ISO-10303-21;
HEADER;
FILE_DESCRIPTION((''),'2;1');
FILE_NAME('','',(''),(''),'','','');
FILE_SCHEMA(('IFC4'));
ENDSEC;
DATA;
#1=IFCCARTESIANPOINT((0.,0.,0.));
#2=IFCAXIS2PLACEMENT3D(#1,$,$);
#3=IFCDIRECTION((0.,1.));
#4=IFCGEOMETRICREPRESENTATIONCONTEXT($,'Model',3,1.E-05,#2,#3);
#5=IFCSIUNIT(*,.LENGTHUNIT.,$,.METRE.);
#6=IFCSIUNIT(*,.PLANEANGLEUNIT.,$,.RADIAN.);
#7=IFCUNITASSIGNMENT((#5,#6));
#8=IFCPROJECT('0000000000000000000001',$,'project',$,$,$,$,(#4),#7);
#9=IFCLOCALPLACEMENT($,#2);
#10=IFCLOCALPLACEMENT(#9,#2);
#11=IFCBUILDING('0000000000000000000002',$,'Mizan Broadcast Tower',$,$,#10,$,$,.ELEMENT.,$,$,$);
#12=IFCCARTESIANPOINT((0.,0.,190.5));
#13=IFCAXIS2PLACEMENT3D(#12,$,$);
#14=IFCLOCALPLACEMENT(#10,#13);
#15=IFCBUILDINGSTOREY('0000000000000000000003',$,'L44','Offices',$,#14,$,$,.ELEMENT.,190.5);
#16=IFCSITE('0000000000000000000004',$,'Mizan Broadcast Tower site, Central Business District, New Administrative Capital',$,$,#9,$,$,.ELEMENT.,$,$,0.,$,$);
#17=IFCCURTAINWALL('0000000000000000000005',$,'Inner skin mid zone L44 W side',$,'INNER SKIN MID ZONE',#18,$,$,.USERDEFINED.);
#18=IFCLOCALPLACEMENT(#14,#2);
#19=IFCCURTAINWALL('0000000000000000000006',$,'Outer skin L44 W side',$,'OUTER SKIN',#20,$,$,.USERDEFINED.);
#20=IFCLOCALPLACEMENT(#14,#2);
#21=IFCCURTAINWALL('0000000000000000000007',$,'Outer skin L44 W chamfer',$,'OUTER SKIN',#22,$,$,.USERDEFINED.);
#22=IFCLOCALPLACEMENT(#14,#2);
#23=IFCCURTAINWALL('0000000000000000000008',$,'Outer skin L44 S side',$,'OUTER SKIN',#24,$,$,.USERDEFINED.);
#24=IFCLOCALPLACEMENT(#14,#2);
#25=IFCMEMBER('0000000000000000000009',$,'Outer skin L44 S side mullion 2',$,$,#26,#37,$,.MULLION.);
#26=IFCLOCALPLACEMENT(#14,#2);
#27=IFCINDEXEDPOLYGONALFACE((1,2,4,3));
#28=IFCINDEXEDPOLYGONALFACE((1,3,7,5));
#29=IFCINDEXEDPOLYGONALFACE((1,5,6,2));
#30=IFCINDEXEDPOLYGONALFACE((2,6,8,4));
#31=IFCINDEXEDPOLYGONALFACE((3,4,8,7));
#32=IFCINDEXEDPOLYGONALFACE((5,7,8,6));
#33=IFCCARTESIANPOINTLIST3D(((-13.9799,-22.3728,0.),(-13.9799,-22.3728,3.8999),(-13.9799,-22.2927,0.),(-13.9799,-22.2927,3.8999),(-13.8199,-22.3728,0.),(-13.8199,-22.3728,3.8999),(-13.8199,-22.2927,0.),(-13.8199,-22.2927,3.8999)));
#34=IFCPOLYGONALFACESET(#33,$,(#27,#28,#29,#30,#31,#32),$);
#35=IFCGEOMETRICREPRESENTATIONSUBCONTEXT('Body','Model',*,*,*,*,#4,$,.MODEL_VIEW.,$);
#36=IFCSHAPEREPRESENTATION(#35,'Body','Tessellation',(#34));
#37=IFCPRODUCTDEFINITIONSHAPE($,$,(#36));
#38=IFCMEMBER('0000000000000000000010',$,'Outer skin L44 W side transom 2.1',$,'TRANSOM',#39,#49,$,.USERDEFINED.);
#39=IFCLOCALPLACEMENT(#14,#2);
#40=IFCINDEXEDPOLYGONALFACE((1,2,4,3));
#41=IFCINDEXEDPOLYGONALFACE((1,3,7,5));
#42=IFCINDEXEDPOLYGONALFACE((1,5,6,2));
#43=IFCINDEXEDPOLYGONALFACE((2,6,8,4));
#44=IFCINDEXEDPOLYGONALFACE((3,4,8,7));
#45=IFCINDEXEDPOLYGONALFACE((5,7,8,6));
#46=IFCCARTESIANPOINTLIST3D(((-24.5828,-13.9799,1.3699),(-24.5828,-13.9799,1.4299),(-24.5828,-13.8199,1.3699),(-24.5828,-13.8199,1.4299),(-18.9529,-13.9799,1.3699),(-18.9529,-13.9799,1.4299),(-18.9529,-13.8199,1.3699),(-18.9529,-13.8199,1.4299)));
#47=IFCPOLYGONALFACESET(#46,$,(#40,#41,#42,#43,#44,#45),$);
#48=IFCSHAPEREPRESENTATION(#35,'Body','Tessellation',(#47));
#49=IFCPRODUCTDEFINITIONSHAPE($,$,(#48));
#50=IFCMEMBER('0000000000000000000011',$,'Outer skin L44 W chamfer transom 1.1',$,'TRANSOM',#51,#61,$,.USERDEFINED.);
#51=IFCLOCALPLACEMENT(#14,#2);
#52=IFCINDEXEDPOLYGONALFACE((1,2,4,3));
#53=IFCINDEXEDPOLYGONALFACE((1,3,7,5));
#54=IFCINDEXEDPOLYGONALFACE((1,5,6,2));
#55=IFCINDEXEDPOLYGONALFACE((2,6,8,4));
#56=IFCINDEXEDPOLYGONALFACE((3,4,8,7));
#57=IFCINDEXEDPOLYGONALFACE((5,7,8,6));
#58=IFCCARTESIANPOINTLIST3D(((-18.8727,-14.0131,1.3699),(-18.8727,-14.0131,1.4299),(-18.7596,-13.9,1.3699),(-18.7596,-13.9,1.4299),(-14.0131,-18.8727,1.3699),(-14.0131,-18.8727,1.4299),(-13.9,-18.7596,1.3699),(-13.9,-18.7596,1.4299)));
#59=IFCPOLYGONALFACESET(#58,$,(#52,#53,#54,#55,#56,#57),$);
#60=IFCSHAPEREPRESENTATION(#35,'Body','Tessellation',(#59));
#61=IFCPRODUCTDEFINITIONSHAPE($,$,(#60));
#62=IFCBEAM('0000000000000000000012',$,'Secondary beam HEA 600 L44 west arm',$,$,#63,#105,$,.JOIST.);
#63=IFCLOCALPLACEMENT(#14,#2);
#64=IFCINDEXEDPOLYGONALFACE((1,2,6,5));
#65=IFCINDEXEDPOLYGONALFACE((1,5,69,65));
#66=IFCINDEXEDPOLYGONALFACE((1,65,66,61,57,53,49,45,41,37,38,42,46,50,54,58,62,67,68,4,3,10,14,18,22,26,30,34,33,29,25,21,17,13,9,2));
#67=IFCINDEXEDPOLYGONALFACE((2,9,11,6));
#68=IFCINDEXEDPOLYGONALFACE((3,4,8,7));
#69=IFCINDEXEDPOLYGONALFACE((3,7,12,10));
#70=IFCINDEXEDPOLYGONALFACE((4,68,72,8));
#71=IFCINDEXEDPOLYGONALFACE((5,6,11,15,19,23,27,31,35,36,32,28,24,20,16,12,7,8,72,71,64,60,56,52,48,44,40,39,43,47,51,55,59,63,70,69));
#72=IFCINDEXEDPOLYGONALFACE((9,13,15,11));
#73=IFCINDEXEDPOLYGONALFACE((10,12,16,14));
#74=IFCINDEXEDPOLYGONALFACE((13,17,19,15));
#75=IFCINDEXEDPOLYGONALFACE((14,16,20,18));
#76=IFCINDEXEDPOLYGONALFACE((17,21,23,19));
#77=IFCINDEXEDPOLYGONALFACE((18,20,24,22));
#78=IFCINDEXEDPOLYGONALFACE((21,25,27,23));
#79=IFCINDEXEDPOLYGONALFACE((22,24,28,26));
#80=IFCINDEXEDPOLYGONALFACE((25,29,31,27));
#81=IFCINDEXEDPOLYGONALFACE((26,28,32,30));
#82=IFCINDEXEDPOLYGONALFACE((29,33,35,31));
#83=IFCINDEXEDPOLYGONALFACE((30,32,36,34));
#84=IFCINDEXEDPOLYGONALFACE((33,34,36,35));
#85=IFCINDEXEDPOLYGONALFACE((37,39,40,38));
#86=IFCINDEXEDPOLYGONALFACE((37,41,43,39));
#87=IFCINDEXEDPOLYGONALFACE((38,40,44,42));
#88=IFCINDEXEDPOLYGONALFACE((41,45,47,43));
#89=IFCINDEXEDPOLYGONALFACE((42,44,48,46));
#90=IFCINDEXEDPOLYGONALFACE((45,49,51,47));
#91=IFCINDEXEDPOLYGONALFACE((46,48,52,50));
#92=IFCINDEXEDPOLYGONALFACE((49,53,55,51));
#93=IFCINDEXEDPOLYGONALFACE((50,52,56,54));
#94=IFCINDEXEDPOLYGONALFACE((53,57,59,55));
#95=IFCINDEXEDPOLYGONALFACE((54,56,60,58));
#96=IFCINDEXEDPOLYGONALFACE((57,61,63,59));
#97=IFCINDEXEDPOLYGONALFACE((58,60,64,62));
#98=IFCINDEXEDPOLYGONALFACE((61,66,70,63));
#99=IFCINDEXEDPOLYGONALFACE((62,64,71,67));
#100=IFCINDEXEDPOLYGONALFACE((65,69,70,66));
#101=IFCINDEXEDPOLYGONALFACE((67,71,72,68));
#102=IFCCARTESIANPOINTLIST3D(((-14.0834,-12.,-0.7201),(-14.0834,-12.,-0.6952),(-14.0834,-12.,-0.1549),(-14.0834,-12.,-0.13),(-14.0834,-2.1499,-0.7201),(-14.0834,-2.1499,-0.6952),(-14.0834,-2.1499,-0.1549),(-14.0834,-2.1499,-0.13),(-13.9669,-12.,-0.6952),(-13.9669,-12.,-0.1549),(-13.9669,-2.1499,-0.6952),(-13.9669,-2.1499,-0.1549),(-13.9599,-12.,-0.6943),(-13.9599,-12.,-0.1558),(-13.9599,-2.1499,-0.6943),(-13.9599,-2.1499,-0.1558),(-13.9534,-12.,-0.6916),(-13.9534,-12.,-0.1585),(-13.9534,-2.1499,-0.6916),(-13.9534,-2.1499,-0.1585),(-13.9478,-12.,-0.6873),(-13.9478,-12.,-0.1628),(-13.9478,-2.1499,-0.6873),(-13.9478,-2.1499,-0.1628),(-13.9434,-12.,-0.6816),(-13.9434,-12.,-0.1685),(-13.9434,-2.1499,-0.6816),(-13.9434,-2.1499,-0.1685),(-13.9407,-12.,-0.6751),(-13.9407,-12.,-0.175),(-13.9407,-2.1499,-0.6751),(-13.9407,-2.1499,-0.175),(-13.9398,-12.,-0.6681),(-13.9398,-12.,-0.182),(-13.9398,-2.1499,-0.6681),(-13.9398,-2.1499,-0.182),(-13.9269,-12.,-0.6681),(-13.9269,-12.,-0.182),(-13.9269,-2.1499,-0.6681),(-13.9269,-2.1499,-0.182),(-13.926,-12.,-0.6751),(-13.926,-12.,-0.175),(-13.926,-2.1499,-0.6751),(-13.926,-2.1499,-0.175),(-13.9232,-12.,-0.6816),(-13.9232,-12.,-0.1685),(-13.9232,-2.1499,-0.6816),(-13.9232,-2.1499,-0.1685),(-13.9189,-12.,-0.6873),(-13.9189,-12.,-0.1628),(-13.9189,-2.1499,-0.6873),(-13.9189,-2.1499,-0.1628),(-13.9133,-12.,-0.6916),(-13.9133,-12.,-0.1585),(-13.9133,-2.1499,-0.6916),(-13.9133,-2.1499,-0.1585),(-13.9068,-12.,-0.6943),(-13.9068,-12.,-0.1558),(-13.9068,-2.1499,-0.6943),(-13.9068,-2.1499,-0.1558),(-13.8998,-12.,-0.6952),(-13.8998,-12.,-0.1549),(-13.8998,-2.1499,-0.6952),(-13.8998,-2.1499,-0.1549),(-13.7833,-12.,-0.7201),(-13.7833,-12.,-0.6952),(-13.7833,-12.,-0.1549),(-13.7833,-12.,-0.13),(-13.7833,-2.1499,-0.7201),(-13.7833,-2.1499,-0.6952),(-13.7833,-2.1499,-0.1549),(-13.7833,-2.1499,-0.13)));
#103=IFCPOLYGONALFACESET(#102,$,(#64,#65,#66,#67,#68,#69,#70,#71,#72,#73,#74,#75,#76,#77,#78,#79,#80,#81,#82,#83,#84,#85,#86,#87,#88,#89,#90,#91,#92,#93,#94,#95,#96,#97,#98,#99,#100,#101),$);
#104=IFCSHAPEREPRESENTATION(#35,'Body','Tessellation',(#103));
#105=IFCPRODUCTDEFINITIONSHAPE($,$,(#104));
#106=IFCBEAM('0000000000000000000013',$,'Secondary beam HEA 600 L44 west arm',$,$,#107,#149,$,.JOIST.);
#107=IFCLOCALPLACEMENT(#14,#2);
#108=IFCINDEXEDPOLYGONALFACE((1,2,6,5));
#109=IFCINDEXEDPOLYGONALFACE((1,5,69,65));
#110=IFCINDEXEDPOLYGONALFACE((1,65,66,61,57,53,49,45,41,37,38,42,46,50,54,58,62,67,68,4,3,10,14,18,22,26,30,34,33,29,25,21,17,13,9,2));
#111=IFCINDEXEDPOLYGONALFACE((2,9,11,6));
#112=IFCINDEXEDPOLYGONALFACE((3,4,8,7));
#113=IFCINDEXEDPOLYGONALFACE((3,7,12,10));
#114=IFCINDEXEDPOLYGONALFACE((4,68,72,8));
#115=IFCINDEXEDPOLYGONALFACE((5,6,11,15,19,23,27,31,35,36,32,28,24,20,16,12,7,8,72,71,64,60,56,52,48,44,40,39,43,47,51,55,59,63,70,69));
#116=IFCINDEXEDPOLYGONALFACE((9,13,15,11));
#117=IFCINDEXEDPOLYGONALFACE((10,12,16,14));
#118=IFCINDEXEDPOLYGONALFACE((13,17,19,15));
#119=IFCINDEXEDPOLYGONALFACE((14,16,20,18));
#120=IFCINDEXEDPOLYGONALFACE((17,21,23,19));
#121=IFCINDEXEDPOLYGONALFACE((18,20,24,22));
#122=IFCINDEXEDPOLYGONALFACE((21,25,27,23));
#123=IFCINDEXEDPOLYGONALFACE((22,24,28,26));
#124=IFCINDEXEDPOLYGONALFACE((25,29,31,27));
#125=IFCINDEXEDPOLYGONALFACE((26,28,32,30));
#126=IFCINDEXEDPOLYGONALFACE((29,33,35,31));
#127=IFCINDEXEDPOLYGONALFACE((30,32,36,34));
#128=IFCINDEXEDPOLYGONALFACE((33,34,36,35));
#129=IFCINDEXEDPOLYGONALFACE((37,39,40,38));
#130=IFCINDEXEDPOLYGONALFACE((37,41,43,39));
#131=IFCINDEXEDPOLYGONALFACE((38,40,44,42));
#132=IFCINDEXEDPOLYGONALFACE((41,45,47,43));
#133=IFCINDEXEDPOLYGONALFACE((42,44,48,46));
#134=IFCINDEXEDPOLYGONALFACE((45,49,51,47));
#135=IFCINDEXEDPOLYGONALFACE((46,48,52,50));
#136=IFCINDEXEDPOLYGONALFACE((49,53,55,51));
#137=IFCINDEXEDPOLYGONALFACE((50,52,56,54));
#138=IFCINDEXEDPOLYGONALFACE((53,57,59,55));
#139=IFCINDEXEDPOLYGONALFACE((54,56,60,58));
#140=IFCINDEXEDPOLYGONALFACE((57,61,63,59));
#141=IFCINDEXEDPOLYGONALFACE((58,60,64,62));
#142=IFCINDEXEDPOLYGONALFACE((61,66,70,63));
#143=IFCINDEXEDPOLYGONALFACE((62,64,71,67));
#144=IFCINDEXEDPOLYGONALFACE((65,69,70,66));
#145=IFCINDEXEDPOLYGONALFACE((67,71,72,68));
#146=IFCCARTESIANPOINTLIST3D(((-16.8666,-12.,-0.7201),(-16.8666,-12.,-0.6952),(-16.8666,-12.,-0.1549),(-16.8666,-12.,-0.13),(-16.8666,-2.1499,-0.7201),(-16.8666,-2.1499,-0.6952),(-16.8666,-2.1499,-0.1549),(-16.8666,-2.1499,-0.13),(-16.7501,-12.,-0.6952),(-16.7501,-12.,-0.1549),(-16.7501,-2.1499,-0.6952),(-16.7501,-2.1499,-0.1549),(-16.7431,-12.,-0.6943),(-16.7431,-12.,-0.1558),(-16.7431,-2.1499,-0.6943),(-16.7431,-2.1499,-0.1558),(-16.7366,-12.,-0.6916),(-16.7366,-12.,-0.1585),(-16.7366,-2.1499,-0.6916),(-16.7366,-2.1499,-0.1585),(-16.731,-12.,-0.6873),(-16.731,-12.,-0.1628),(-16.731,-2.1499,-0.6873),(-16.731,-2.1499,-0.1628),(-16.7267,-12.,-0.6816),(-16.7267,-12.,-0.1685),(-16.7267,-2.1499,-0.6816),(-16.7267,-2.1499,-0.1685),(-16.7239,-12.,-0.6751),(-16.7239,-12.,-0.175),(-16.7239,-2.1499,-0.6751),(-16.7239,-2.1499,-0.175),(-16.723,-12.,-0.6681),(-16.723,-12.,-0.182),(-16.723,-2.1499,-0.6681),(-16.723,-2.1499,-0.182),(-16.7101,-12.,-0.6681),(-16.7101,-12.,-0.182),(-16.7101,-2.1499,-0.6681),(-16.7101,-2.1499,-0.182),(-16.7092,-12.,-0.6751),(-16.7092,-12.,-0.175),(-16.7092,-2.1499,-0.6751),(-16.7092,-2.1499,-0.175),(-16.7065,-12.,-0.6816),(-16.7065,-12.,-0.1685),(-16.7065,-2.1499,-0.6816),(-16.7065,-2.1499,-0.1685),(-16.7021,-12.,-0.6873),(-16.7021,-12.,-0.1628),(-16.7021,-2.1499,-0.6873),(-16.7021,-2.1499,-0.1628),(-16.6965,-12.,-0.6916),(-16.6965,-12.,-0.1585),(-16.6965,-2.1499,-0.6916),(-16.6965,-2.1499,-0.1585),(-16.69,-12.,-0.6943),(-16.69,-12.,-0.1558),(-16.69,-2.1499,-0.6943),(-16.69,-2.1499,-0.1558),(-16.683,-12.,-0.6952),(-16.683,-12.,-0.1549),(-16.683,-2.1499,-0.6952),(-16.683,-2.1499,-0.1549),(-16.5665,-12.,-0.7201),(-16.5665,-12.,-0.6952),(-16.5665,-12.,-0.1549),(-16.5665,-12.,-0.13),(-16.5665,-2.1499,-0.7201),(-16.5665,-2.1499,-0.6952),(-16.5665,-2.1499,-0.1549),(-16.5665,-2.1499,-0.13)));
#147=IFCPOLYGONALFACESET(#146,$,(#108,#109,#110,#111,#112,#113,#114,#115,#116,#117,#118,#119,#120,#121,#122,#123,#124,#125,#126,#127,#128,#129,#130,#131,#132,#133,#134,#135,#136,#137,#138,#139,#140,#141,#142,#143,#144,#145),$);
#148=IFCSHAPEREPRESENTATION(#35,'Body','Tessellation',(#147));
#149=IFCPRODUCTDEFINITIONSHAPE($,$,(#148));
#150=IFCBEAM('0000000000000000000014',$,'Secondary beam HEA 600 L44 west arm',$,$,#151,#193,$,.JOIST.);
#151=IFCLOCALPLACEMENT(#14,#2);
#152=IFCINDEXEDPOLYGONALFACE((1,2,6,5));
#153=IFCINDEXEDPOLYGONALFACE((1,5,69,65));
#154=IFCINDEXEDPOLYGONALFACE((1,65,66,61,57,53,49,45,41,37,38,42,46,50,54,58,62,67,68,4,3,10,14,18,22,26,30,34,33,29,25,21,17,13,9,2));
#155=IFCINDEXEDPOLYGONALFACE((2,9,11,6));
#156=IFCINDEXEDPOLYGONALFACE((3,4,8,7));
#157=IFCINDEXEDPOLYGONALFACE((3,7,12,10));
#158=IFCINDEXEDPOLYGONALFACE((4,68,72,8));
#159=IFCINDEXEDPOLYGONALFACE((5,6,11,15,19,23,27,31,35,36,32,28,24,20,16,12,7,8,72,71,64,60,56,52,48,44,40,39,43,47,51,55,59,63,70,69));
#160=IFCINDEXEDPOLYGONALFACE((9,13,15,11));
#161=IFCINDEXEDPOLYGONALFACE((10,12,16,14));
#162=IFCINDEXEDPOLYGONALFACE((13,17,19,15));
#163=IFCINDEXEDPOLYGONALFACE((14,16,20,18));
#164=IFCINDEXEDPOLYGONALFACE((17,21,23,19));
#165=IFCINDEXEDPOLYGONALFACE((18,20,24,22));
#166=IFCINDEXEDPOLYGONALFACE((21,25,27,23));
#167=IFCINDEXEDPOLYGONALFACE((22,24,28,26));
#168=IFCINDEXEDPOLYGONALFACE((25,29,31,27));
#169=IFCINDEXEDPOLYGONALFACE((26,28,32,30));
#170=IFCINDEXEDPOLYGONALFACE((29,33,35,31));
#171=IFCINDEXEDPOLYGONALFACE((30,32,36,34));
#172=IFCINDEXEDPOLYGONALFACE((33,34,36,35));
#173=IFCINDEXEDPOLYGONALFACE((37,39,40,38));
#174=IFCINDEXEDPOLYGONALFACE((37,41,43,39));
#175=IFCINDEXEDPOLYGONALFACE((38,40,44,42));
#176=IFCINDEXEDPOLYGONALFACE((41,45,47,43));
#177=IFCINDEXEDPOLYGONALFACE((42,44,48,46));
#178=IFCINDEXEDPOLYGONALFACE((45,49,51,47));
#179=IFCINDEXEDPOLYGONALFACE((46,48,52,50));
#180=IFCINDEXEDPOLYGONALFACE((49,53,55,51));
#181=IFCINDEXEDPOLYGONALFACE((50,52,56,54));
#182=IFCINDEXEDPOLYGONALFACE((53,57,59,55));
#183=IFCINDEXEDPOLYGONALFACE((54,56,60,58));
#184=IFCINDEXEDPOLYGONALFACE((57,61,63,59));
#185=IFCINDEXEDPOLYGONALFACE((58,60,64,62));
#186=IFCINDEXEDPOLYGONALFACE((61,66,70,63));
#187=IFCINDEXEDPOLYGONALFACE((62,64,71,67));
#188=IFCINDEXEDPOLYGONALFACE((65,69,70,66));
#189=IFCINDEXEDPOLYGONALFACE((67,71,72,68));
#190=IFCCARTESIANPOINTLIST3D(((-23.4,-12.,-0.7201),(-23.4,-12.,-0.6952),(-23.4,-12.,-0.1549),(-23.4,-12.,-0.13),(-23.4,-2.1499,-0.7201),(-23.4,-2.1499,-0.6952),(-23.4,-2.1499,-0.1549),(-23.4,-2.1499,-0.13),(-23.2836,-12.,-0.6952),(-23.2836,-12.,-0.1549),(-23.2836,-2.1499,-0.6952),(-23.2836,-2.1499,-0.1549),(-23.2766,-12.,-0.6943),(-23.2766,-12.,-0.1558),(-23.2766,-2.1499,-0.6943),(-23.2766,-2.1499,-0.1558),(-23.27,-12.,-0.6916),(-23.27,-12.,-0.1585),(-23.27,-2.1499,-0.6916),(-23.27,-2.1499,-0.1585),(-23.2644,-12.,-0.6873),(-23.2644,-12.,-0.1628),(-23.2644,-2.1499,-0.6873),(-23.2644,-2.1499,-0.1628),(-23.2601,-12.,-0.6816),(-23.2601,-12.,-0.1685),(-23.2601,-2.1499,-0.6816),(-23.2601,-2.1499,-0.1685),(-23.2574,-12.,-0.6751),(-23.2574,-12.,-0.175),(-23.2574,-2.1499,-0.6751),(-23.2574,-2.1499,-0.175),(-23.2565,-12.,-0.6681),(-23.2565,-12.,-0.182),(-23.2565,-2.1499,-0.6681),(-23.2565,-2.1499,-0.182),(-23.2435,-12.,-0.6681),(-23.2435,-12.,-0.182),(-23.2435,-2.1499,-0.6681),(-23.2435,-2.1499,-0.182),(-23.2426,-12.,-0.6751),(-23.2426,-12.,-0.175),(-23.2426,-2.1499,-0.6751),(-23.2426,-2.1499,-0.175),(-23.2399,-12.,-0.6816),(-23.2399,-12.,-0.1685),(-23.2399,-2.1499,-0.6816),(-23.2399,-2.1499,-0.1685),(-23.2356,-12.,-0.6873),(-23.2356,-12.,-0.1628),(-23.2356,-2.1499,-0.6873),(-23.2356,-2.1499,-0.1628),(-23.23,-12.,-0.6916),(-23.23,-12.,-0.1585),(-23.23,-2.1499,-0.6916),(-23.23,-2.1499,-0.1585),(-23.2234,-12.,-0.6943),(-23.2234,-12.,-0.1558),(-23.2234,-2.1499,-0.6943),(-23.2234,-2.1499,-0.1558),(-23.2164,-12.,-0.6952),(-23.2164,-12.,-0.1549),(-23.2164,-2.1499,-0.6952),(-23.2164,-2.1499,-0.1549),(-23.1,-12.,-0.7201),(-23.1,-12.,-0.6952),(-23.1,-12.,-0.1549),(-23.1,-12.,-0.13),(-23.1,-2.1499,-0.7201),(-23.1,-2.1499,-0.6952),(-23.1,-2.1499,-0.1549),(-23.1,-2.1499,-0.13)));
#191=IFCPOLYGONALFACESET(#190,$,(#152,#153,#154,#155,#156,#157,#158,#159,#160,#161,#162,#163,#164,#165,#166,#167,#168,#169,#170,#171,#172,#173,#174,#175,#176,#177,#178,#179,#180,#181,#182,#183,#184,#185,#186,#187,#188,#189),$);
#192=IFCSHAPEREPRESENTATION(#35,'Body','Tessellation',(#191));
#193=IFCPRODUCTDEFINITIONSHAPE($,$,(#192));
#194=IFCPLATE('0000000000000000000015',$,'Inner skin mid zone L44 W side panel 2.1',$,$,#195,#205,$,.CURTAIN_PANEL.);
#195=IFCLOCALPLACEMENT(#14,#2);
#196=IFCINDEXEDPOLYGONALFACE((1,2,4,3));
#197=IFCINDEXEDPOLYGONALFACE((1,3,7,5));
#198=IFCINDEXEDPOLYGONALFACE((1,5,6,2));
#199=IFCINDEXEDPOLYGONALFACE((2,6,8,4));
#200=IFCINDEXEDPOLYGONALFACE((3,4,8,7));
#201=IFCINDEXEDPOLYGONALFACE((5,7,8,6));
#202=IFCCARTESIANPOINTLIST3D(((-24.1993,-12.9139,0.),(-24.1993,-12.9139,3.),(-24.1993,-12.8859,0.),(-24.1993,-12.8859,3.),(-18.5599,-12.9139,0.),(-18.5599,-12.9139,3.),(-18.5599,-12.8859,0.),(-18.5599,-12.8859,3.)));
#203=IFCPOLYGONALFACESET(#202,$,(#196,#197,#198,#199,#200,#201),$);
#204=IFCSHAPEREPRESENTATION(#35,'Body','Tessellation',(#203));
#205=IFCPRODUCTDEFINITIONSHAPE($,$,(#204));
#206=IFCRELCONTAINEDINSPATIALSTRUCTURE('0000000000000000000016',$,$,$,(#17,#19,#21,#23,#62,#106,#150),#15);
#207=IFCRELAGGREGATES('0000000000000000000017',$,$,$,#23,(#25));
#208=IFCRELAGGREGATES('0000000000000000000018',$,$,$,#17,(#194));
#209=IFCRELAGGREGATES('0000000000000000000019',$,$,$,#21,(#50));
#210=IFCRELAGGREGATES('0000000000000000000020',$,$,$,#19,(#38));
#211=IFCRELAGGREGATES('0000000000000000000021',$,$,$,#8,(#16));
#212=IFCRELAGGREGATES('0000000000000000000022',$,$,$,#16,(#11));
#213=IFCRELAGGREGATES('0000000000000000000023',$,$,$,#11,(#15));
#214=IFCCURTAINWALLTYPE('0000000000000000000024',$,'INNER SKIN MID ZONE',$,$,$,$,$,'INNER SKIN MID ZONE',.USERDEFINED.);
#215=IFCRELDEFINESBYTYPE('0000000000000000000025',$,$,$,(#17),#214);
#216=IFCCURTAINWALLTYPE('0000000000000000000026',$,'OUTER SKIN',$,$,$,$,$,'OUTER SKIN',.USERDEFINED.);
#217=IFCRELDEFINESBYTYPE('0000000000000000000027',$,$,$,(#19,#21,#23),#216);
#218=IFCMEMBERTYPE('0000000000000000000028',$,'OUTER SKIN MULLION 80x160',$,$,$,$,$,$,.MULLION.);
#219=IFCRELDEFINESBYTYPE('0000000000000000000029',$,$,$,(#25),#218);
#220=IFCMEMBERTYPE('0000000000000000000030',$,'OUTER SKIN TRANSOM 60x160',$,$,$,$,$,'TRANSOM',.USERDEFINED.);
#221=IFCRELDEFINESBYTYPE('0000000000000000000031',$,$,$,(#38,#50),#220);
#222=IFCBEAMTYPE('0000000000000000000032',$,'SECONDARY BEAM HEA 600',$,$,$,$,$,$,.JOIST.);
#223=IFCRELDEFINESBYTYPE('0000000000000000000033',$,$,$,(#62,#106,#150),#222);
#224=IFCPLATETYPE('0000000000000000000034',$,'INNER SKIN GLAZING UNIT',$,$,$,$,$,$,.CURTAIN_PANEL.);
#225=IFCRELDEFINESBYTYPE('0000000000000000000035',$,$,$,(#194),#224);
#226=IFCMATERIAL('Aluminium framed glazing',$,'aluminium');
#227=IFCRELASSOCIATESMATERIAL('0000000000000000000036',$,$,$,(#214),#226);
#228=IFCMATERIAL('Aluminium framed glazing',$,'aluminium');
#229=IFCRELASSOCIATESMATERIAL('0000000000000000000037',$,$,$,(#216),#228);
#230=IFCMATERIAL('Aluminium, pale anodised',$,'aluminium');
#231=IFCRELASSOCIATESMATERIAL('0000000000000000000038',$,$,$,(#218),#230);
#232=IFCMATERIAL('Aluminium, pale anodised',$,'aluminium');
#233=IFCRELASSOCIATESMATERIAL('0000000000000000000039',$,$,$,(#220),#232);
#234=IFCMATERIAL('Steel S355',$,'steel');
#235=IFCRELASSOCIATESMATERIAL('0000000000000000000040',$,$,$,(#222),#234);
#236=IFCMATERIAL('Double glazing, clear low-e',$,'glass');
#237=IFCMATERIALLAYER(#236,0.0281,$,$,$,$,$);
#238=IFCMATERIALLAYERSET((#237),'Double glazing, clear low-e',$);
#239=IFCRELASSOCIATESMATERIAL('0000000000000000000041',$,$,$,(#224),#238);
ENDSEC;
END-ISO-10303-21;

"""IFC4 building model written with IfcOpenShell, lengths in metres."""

from ifc_helpers import new_model, si_unit, direction, frame, origin, origin_2d, place, context, subcontext, project, spatial, rectangle, i_section, extrude, material, layer, layer_set, material_profile, profile_set, type_object, element, aggregate, save


model = new_model("IFC4")

# Units and contexts
model_context = context("Model", 3, precision=1e-05, world=origin(), true_north=direction((0.0, 1.0)))
body_context = subcontext(model_context, "Body", "Model", "MODEL_VIEW")
ifc_project = project(units=[si_unit("LENGTHUNIT", "METRE"), si_unit("PLANEANGLEUNIT", "RADIAN")], contexts=[model_context])

# Site, building, storey
site_placement = place(None, origin())
site = spatial("IfcSite", under=ifc_project, at=site_placement, Name="Mizan Broadcast Tower site, Central Business District, New Administrative Capital", CompositionType="ELEMENT", RefElevation=0.0)
building_placement = place(site_placement, origin())
building = spatial("IfcBuilding", under=site, at=building_placement, Name="Mizan Broadcast Tower", CompositionType="ELEMENT")
storey_placement = place(building_placement, frame((0.0, 0.0, 190.5)))
storey = spatial("IfcBuildingStorey", under=building, at=storey_placement, Name="L44", Description="Offices", CompositionType="ELEMENT", Elevation=190.5)

# Curtain walls
ifc_material_1 = material(Name="Aluminium framed glazing", Category="aluminium")
curtain_wall_type_1 = type_object("IfcCurtainWallType", Name="INNER SKIN MID ZONE", ElementType="INNER SKIN MID ZONE", PredefinedType="USERDEFINED", material=ifc_material_1)
curtain_wall_1_placement = place(storey_placement, origin())
curtain_wall_1 = element("IfcCurtainWall", 1, at=curtain_wall_1_placement, inside=storey, type_object=curtain_wall_type_1, Name="Inner skin mid zone L44 W side", ObjectType="INNER SKIN MID ZONE", PredefinedType="USERDEFINED")
ifc_material_2 = material(Name="Aluminium framed glazing", Category="aluminium")
curtain_wall_type_2 = type_object("IfcCurtainWallType", Name="OUTER SKIN", ElementType="OUTER SKIN", PredefinedType="USERDEFINED", material=ifc_material_2)
curtain_wall_2_placement = place(storey_placement, origin())
curtain_wall_2 = element("IfcCurtainWall", 2, at=curtain_wall_2_placement, inside=storey, type_object=curtain_wall_type_2, Name="Outer skin L44 W side", ObjectType="OUTER SKIN", PredefinedType="USERDEFINED")
ifc_material_3 = material(Name="Aluminium, pale anodised", Category="aluminium")
ifc_material_profile_1 = material_profile(ifc_material_3, rectangle(XDim=0.1599, YDim=0.0801, at=origin_2d()), Name="MULLION 160x80")
ifc_profile_set_1 = profile_set([ifc_material_profile_1], Name="Aluminium, pale anodised")
member_type_1 = type_object("IfcMemberType", Name="OUTER SKIN MULLION 80x160", PredefinedType="MULLION", material=ifc_profile_set_1)

# Curtain walls, member
curtain_wall_3_placement = place(storey_placement, origin())
curtain_wall_3 = element("IfcCurtainWall", 3, at=curtain_wall_3_placement, inside=storey, type_object=curtain_wall_type_2, Name="Outer skin L44 W chamfer", ObjectType="OUTER SKIN", PredefinedType="USERDEFINED")
curtain_wall_4_placement = place(storey_placement, origin())
curtain_wall_4 = element("IfcCurtainWall", 4, at=curtain_wall_4_placement, inside=storey, type_object=curtain_wall_type_2, Name="Outer skin L44 S side", ObjectType="OUTER SKIN", PredefinedType="USERDEFINED")
member_1_placement = place(storey_placement, frame((-13.8999, -22.3328, 0.0), z_axis=(0.0, 0.0, 1.0), x_axis=(1.0, 0.0, 0.0)))
member_1 = element("IfcMember", 5, at=member_1_placement, type_object=member_type_1, Name="Outer skin L44 S side mullion 2", PredefinedType="MULLION", context=body_context, shape_type="SweptSolid", body=[
    extrude(rectangle(XDim=0.1599, YDim=0.0801, at=origin_2d()), origin(), (0.0, 0.0, 1.0), 3.8999),
])
aggregate(curtain_wall_4, [member_1])

# Members
ifc_material_4 = material(Name="Aluminium, pale anodised", Category="aluminium")
ifc_material_profile_2 = material_profile(ifc_material_4, rectangle(XDim=0.1599, YDim=0.0601, at=origin_2d()), Name="TRANSOM 160x60")
ifc_profile_set_2 = profile_set([ifc_material_profile_2], Name="Aluminium, pale anodised")
member_type_2 = type_object("IfcMemberType", Name="OUTER SKIN TRANSOM 60x160", ElementType="TRANSOM", PredefinedType="USERDEFINED", material=ifc_profile_set_2)
member_2_placement = place(storey_placement, frame((-24.5828, -13.8999, 1.3999), z_axis=(1.0, 0.0, 0.0), x_axis=(0.0, 1.0, 0.0)))
member_2 = element("IfcMember", 6, at=member_2_placement, type_object=member_type_2, Name="Outer skin L44 W side transom 2.1", ObjectType="TRANSOM", PredefinedType="USERDEFINED", context=body_context, shape_type="SweptSolid", body=[
    extrude(rectangle(XDim=0.1599, YDim=0.0601, at=origin_2d()), origin(), (0.0, 0.0, 1.0), 5.6299),
])
member_3_placement = place(storey_placement, frame((-18.8162, -13.9565, 1.3999), z_axis=(0.707107, -0.707107, 0.0), x_axis=(0.707107, 0.707107, 0.0)))
member_3 = element("IfcMember", 7, at=member_3_placement, type_object=member_type_2, Name="Outer skin L44 W chamfer transom 1.1", ObjectType="TRANSOM", PredefinedType="USERDEFINED", context=body_context, shape_type="SweptSolid", body=[
    extrude(rectangle(XDim=0.1599, YDim=0.0601, at=origin_2d()), origin(), (0.0, 0.0, 1.0), 6.8726),
])

# Beams
ifc_material_5 = material(Name="Steel S355", Category="steel")
ifc_material_profile_3 = material_profile(ifc_material_5, i_section(OverallWidth=0.3, OverallDepth=0.5901, WebThickness=0.0129, FlangeThickness=0.0249, FilletRadius=0.0271, at=origin_2d()), Name="HEA 600")
ifc_profile_set_3 = profile_set([ifc_material_profile_3], Name="Steel S355")
beam_type_1 = type_object("IfcBeamType", Name="SECONDARY BEAM HEA 600", PredefinedType="JOIST", material=ifc_profile_set_3)
for number, where, z_axis, x_axis, name in (
    (8, (-13.9333, -12.0, -0.425), (0.0, 1.0, 0.0), (-1.0, 0.0, 0.0), "Secondary beam HEA 600 L44 west arm"),
    (9, (-16.7166, -12.0, -0.425), (0.0, 1.0, 0.0), (-1.0, 0.0, 0.0), "Secondary beam HEA 600 L44 west arm"),
    (10, (-23.25, -12.0, -0.425), (0.0, 1.0, 0.0), (-1.0, 0.0, 0.0), "Secondary beam HEA 600 L44 west arm"),
):
    element("IfcBeam", number, at=place(storey_placement, frame(where, z_axis=z_axis, x_axis=x_axis)), inside=storey, type_object=beam_type_1, Name=name, PredefinedType="JOIST", context=body_context, shape_type="SweptSolid", body=[
        extrude(i_section(OverallWidth=0.3, OverallDepth=0.5901, WebThickness=0.0129, FlangeThickness=0.0249, FilletRadius=0.0271, at=origin_2d()), origin(), (0.0, 0.0, 1.0), 9.8501),
    ])

# Plate
ifc_material_6 = material(Name="Double glazing, clear low-e", Category="glass")
ifc_layer_1 = layer(ifc_material_6, 0.0281)
ifc_layer_set_1 = layer_set([ifc_layer_1], Name="Double glazing, clear low-e")
plate_type_1 = type_object("IfcPlateType", Name="INNER SKIN GLAZING UNIT", PredefinedType="CURTAIN_PANEL", material=ifc_layer_set_1)
plate_1_placement = place(storey_placement, frame((-21.3796, -12.8999, 0.0), z_axis=(0.0, 0.0, 1.0), x_axis=(1.0, 0.0, 0.0)))
plate_1 = element("IfcPlate", 11, at=plate_1_placement, type_object=plate_type_1, Name="Inner skin mid zone L44 W side panel 2.1", PredefinedType="CURTAIN_PANEL", context=body_context, shape_type="SweptSolid", body=[
    extrude(rectangle(XDim=5.6394, YDim=0.0281, at=origin_2d()), origin(), (0.0, 0.0, 1.0), 3.0),
])
aggregate(curtain_wall_1, [plate_1])
aggregate(curtain_wall_3, [member_3])
aggregate(curtain_wall_2, [member_2])

save(model, "model.ifc")
